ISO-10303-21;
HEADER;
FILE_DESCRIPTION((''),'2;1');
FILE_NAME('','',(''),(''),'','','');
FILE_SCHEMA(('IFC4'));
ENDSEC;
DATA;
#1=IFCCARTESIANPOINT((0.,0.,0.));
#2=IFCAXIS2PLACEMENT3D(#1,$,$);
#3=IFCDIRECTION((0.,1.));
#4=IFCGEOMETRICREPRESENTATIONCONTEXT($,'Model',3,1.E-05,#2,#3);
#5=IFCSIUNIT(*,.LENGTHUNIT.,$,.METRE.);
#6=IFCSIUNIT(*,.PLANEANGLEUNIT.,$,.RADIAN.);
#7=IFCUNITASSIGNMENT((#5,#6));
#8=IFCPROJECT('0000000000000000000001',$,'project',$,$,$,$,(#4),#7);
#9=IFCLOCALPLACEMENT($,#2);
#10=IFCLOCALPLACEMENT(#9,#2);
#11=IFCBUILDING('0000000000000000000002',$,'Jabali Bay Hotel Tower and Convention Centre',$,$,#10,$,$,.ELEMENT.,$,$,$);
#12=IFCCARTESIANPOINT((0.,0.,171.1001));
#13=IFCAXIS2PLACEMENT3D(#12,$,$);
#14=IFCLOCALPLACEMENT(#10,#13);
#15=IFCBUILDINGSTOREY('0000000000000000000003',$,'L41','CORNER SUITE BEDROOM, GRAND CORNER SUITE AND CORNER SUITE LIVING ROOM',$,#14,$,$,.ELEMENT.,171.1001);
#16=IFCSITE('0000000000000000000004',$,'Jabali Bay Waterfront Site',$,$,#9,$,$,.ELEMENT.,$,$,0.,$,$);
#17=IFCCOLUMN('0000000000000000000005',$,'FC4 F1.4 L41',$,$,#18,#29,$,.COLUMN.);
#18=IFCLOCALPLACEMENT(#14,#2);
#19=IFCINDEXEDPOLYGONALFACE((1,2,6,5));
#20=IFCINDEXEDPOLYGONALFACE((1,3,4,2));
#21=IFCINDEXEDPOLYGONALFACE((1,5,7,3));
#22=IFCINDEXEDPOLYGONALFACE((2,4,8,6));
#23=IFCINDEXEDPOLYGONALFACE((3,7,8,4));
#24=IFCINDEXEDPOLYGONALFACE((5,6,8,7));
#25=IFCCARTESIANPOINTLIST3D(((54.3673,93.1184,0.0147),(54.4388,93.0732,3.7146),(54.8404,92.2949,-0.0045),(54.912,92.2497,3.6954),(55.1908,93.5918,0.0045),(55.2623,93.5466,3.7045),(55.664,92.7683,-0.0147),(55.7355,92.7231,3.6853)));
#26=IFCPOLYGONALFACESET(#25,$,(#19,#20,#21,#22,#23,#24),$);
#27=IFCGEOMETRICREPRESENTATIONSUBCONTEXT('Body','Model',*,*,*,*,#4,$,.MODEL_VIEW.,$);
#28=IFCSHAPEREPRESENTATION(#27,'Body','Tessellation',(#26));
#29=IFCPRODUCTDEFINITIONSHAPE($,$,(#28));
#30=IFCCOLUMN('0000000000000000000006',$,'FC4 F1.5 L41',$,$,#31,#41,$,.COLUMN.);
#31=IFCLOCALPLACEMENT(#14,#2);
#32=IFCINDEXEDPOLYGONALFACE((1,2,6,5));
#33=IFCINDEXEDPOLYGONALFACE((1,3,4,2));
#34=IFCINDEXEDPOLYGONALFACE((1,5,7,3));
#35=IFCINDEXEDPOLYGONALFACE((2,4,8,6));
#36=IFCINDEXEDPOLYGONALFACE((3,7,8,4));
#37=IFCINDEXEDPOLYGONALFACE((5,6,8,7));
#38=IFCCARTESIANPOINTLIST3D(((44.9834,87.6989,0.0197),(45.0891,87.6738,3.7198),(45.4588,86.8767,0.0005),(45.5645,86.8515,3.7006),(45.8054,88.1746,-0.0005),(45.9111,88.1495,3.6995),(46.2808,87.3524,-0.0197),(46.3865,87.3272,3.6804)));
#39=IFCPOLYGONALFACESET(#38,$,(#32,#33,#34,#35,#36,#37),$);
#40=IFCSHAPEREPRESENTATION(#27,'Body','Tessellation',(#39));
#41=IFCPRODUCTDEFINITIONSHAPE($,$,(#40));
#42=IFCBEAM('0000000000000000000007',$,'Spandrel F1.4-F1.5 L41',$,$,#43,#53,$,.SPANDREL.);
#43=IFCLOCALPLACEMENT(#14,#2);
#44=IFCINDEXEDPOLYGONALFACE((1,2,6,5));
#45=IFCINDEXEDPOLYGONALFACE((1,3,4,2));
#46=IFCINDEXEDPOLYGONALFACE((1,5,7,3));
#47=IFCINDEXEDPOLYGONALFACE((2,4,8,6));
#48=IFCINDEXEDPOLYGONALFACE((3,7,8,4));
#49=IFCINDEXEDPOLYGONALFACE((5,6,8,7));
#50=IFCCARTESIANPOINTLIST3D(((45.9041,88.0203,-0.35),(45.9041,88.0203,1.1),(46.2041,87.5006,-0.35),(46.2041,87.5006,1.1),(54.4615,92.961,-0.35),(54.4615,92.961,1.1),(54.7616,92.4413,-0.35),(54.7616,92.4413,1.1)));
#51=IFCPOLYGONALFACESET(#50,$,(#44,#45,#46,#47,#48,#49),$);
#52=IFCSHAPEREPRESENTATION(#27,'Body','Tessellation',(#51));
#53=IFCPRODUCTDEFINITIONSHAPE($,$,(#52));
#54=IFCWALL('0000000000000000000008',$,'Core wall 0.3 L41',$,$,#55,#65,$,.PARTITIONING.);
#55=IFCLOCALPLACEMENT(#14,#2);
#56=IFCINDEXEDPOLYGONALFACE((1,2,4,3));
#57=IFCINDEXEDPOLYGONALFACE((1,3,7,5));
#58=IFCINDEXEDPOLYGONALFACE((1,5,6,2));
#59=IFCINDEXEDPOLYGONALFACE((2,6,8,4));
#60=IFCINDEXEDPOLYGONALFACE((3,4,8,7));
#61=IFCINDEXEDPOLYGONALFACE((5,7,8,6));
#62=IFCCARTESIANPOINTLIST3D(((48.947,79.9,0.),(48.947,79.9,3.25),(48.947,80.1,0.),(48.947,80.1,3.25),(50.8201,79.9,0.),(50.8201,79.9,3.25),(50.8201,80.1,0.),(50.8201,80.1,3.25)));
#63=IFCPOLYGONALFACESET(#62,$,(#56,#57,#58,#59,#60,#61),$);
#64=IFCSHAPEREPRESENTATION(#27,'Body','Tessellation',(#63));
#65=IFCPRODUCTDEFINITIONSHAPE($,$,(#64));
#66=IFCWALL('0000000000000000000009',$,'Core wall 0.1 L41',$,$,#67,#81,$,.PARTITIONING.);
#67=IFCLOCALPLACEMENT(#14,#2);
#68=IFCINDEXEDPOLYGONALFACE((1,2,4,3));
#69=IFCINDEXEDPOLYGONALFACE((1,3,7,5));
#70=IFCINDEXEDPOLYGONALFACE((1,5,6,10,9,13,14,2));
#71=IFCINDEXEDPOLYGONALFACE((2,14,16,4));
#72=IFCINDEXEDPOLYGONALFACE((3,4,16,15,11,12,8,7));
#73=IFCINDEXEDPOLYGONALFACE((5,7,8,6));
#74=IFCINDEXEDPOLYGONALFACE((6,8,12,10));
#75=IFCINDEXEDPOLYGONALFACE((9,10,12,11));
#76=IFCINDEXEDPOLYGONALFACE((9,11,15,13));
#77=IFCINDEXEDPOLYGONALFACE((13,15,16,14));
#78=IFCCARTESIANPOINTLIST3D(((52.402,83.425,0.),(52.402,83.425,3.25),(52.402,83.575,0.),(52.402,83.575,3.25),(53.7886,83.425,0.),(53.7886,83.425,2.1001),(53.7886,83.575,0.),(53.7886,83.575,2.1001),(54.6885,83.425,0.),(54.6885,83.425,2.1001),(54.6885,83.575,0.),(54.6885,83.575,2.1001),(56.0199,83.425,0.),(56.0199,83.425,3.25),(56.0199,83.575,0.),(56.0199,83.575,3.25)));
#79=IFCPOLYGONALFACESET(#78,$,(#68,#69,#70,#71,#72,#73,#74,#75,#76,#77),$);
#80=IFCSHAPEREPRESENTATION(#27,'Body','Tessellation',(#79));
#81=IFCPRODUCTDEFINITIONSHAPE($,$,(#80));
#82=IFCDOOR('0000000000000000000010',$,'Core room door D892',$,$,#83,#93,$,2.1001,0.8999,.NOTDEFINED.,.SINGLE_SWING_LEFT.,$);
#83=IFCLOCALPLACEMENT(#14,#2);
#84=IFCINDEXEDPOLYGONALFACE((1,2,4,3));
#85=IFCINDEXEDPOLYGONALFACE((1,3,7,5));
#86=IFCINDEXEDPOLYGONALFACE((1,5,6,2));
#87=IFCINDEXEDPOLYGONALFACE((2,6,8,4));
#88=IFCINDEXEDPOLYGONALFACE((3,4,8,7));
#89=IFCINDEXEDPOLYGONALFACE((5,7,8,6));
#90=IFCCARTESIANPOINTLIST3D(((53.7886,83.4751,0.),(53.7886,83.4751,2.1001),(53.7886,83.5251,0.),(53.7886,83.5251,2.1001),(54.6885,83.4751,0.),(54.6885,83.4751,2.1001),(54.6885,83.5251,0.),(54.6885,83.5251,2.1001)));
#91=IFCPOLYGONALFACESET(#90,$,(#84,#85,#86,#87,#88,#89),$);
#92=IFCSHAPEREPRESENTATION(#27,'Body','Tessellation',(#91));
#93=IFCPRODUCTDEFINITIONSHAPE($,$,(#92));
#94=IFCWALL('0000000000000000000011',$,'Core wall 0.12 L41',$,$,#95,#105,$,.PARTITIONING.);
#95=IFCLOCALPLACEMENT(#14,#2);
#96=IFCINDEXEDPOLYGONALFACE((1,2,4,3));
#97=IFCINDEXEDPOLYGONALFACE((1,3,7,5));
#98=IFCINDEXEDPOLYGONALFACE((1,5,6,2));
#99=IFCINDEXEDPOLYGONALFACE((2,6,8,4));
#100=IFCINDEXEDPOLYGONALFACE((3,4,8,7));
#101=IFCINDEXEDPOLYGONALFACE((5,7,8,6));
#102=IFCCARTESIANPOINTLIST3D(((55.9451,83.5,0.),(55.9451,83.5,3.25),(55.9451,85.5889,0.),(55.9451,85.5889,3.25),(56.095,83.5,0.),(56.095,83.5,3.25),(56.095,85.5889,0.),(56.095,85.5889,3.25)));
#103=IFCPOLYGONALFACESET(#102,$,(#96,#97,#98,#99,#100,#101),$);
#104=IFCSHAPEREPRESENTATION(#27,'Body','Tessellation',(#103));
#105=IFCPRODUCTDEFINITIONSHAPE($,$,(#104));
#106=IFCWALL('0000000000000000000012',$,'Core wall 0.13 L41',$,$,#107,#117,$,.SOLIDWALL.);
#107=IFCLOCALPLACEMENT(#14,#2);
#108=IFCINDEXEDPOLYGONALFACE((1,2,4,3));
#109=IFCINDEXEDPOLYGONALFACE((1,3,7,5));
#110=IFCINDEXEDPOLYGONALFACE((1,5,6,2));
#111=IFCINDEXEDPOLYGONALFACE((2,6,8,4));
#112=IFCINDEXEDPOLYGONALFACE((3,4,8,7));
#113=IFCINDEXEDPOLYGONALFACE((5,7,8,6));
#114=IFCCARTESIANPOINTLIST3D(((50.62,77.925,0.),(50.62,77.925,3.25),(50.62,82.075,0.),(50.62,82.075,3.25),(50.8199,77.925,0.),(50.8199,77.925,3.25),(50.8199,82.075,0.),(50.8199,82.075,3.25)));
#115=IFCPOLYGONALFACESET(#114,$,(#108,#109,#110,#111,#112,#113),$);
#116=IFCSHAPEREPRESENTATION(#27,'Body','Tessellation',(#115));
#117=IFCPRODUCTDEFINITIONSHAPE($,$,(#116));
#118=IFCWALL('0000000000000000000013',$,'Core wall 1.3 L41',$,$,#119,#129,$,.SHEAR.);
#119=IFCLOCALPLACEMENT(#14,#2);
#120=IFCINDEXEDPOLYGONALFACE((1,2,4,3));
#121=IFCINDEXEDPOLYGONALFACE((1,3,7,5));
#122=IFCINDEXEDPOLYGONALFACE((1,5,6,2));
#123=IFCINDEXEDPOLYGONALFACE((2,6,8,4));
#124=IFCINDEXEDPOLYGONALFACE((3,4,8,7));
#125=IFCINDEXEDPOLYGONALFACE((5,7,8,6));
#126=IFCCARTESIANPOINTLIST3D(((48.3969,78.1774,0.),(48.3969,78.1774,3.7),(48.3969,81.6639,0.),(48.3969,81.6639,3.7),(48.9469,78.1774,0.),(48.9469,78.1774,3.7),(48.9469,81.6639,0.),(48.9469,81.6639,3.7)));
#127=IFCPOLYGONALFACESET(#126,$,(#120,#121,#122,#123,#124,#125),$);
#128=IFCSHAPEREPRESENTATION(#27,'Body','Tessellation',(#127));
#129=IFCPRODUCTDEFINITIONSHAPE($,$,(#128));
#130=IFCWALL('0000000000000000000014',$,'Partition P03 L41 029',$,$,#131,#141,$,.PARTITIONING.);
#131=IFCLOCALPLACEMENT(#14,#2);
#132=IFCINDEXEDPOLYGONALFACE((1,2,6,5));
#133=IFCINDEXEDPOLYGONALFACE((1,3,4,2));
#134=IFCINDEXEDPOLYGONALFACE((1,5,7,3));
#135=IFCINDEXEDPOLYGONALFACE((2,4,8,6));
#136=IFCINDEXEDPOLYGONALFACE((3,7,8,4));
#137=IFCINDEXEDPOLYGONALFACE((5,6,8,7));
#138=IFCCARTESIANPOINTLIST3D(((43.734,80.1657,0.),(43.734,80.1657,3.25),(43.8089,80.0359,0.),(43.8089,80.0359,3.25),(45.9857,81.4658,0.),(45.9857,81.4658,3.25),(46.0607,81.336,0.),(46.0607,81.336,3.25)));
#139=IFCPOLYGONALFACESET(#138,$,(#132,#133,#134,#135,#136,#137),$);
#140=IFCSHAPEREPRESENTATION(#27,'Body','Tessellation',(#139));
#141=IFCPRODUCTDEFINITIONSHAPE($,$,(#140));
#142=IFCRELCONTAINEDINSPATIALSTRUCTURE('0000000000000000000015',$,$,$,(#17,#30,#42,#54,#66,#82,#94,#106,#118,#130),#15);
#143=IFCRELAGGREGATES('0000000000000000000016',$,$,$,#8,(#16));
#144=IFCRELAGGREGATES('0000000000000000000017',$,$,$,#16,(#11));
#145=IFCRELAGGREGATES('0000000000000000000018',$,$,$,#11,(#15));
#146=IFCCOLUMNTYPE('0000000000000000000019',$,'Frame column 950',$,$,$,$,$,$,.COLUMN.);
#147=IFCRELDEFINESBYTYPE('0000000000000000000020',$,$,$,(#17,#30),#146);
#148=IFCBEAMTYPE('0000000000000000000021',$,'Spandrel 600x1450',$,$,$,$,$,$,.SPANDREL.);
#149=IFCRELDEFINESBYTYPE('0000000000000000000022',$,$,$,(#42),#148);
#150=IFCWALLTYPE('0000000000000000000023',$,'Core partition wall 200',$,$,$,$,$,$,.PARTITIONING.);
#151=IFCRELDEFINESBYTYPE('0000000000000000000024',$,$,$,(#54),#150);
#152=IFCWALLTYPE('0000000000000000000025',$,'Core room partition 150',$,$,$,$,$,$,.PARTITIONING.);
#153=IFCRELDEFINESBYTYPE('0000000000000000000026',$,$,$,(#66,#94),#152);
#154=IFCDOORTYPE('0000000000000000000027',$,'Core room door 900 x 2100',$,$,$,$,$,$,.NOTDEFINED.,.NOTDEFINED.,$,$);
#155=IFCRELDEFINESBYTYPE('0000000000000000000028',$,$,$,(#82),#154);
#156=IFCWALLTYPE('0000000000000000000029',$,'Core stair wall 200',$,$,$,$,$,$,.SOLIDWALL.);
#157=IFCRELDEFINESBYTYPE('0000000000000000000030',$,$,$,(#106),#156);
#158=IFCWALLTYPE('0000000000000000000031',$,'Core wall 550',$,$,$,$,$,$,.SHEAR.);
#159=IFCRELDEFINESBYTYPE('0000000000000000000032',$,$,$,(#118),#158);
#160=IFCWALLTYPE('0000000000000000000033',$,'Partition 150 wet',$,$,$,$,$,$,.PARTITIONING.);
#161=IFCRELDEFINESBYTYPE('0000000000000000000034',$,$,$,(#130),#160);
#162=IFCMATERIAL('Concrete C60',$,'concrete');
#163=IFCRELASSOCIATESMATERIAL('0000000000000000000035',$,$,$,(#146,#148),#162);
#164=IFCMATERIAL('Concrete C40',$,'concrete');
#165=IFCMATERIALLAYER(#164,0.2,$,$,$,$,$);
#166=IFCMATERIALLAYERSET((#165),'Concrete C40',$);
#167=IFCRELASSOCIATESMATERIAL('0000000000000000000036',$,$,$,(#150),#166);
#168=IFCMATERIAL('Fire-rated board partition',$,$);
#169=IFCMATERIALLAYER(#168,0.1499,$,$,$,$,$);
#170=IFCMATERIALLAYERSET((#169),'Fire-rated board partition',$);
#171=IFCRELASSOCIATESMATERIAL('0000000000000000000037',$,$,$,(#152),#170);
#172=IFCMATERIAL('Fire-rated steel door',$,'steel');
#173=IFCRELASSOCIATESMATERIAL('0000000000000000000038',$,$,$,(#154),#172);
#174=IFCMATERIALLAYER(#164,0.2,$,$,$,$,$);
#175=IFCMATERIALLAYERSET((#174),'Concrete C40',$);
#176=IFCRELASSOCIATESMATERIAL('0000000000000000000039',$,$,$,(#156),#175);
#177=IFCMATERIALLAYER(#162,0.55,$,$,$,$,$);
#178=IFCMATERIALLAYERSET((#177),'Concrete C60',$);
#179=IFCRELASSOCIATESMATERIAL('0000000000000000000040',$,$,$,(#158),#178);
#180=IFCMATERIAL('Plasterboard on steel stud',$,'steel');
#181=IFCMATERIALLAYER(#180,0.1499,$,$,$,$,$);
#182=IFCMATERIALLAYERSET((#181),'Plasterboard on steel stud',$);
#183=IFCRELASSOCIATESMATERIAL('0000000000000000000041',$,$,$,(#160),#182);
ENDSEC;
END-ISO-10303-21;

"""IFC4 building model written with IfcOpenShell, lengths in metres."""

from ifc_helpers import new_model, si_unit, direction, frame, frame_2d, origin, origin_2d, place, context, subcontext, project, spatial, rectangle, extrude, material, layer, layer_set, material_profile, profile_set, type_object, element, fill, save


model = new_model("IFC4")

# Units and contexts
model_context = context("Model", 3, precision=1e-05, world=origin(), true_north=direction((0.0, 1.0)))
body_context = subcontext(model_context, "Body", "Model", "MODEL_VIEW")
ifc_project = project(units=[si_unit("LENGTHUNIT", "METRE"), si_unit("PLANEANGLEUNIT", "RADIAN")], contexts=[model_context])

# Site, building, storey
site_placement = place(None, origin())
site = spatial("IfcSite", under=ifc_project, at=site_placement, Name="Jabali Bay Waterfront Site", CompositionType="ELEMENT", RefElevation=0.0)
building_placement = place(site_placement, origin())
building = spatial("IfcBuilding", under=site, at=building_placement, Name="Jabali Bay Hotel Tower and Convention Centre", CompositionType="ELEMENT")
storey_placement = place(building_placement, frame((0.0, 0.0, 171.1001)))
storey = spatial("IfcBuildingStorey", under=building, at=storey_placement, Name="L41", Description="CORNER SUITE BEDROOM, GRAND CORNER SUITE AND CORNER SUITE LIVING ROOM", CompositionType="ELEMENT", Elevation=171.1001)

# Columns
ifc_material_1 = material(Name="Concrete C60", Category="concrete")
ifc_material_profile_1 = material_profile(ifc_material_1, rectangle(XDim=0.95, YDim=0.95, at=origin_2d()), Name="Frame column 950")
ifc_profile_set_1 = profile_set([ifc_material_profile_1], Name="Concrete C60")
column_type = type_object("IfcColumnType", Name="Frame column 950", PredefinedType="COLUMN", material=ifc_profile_set_1)
column_1_placement = place(storey_placement, frame((55.0156, 92.9434, 0.0), z_axis=(0.019329, -0.012204, 0.999739), x_axis=(-0.498088, 0.866891, 0.020212)))
element("IfcColumn", 1, at=column_1_placement, inside=storey, type_object=column_type, Name="FC4 F1.4 L41", PredefinedType="COLUMN", context=body_context, shape_type="SweptSolid", body=[
    extrude(rectangle(XDim=0.95, YDim=0.95, at=origin_2d()), origin(), (0.0, 0.0, 1.0), 3.7009),
])
column_2_placement = place(storey_placement, frame((45.6321, 87.5256, 0.0), z_axis=(0.028559, -0.006794, 0.999569), x_axis=(-0.500408, 0.865555, 0.02018)))
element("IfcColumn", 2, at=column_2_placement, inside=storey, type_object=column_type, Name="FC4 F1.5 L41", PredefinedType="COLUMN", context=body_context, shape_type="SweptSolid", body=[
    extrude(rectangle(XDim=0.95, YDim=0.95, at=origin_2d()), origin(), (0.0, 0.0, 1.0), 3.7017),
])

# Beam
ifc_material_profile_2 = material_profile(ifc_material_1, rectangle(XDim=0.6001, YDim=1.45, at=origin_2d()), Name="Spandrel 600x1450")
ifc_profile_set_2 = profile_set([ifc_material_profile_2], Name="Concrete C60")
beam_type = type_object("IfcBeamType", Name="Spandrel 600x1450", PredefinedType="SPANDREL", material=ifc_profile_set_2)
beam_placement = place(storey_placement, frame((54.6116, 92.7012, 0.375), z_axis=(-0.866022, -0.500005, 0.0), x_axis=(0.500005, -0.866022, 0.0)))
element("IfcBeam", 3, at=beam_placement, inside=storey, type_object=beam_type, Name="Spandrel F1.4-F1.5 L41", PredefinedType="SPANDREL", context=body_context, shape_type="SweptSolid", body=[
    extrude(rectangle(XDim=0.6001, YDim=1.45, at=origin_2d()), origin(), (0.0, 0.0, 1.0), 9.8813),
])

# Wall
ifc_material_2 = material(Name="Concrete C40", Category="concrete")
ifc_layer_1 = layer(ifc_material_2, 0.2)
ifc_layer_set_1 = layer_set([ifc_layer_1], Name="Concrete C40")
wall_type_1 = type_object("IfcWallType", Name="Core partition wall 200", PredefinedType="PARTITIONING", material=ifc_layer_set_1)
wall_1_placement = place(storey_placement, frame((50.8201, 80.0, 0.0), z_axis=(0.0, 0.0, 1.0), x_axis=(-1.0, 0.0, 0.0)))
element("IfcWall", 4, at=wall_1_placement, inside=storey, type_object=wall_type_1, Name="Core wall 0.3 L41", PredefinedType="PARTITIONING", context=body_context, shape_type="SweptSolid", body=[
    extrude(rectangle(XDim=1.873, YDim=0.2, at=frame_2d((0.9365, 0.0))), origin(), (0.0, 0.0, 1.0), 3.25),
])

# Wall, opening, door
ifc_material_3 = material(Name="Fire-rated board partition")
ifc_layer_2 = layer(ifc_material_3, 0.1499)
ifc_layer_set_2 = layer_set([ifc_layer_2], Name="Fire-rated board partition")
wall_type_2 = type_object("IfcWallType", Name="Core room partition 150", PredefinedType="PARTITIONING", material=ifc_layer_set_2)
wall_2_placement = place(storey_placement, frame((56.02, 83.5, 0.0), z_axis=(0.0, 0.0, 1.0), x_axis=(-1.0, 0.0, 0.0)))
wall_2 = element("IfcWall", 5, at=wall_2_placement, inside=storey, type_object=wall_type_2, Name="Core wall 0.1 L41", PredefinedType="PARTITIONING", context=body_context, shape_type="SweptSolid", body=[
    extrude(rectangle(XDim=3.6179, YDim=0.1499, at=frame_2d((1.8091, 0.0))), origin(), (0.0, 0.0, 1.0), 3.25),
])
opening_placement = place(wall_2_placement, frame((1.3315, 0.0, 0.0)))
opening = element("IfcOpeningElement", 6, at=opening_placement, cuts=wall_2, PredefinedType="OPENING", context=body_context, shape_type="SweptSolid", body=[
    extrude(rectangle(XDim=0.8999, YDim=2.1001, at=frame_2d((0.45, 1.05))), frame((0.0, 0.0854, 0.0), z_axis=(0.0, -1.0, 0.0), x_axis=(1.0, 0.0, 0.0)), (0.0, 0.0, 1.0), 0.1709),
])
ifc_material_4 = material(Name="Fire-rated steel door", Category="steel")
door_type = type_object("IfcDoorType", Name="Core room door 900 x 2100", OperationType="NOTDEFINED", PredefinedType="NOTDEFINED", material=ifc_material_4)
door_placement = place(opening_placement, origin())
door = element("IfcDoor", 7, at=door_placement, inside=storey, type_object=door_type, Name="Core room door D892", OperationType="SINGLE_SWING_LEFT", OverallHeight=2.1001, OverallWidth=0.8999, PredefinedType="NOTDEFINED", context=body_context, shape_type="SweptSolid", body=[
    extrude(rectangle(XDim=0.8999, YDim=2.1001, at=frame_2d((0.45, 1.05))), frame((0.0, 0.0249, 0.0), z_axis=(0.0, -1.0, 0.0), x_axis=(1.0, 0.0, 0.0)), (0.0, 0.0, 1.0), 0.05),
])
fill(opening, door)

# Walls
wall_3_placement = place(storey_placement, frame((56.02, 85.5889, 0.0), z_axis=(0.0, 0.0, 1.0), x_axis=(0.0, -1.0, 0.0)))
element("IfcWall", 8, at=wall_3_placement, inside=storey, type_object=wall_type_2, Name="Core wall 0.12 L41", PredefinedType="PARTITIONING", context=body_context, shape_type="SweptSolid", body=[
    extrude(rectangle(XDim=2.0889, YDim=0.1499, at=frame_2d((1.0444, 0.0))), origin(), (0.0, 0.0, 1.0), 3.25),
])
ifc_layer_3 = layer(ifc_material_2, 0.2)
ifc_layer_set_3 = layer_set([ifc_layer_3], Name="Concrete C40")
wall_type_3 = type_object("IfcWallType", Name="Core stair wall 200", PredefinedType="SOLIDWALL", material=ifc_layer_set_3)
wall_4_placement = place(storey_placement, frame((50.72, 82.075, 0.0), z_axis=(0.0, 0.0, 1.0), x_axis=(0.0, -1.0, 0.0)))
element("IfcWall", 9, at=wall_4_placement, inside=storey, type_object=wall_type_3, Name="Core wall 0.13 L41", PredefinedType="SOLIDWALL", context=body_context, shape_type="SweptSolid", body=[
    extrude(rectangle(XDim=4.1499, YDim=0.2, at=frame_2d((2.075, 0.0))), origin(), (0.0, 0.0, 1.0), 3.25),
])
ifc_layer_4 = layer(ifc_material_1, 0.55)
ifc_layer_set_4 = layer_set([ifc_layer_4], Name="Concrete C60")
wall_type_4 = type_object("IfcWallType", Name="Core wall 550", PredefinedType="SHEAR", material=ifc_layer_set_4)
wall_5_placement = place(storey_placement, frame((48.6719, 81.6638, 0.0), z_axis=(0.0, 0.0, 1.0), x_axis=(0.0, -1.0, 0.0)))
element("IfcWall", 10, at=wall_5_placement, inside=storey, type_object=wall_type_4, Name="Core wall 1.3 L41", PredefinedType="SHEAR", context=body_context, shape_type="SweptSolid", body=[
    extrude(rectangle(XDim=3.4866, YDim=0.55, at=frame_2d((1.7432, 0.0))), origin(), (0.0, 0.0, 1.0), 3.7),
])
ifc_material_5 = material(Name="Plasterboard on steel stud", Category="steel")
ifc_layer_5 = layer(ifc_material_5, 0.1499)
ifc_layer_set_5 = layer_set([ifc_layer_5], Name="Plasterboard on steel stud")
wall_type_5 = type_object("IfcWallType", Name="Partition 150 wet", PredefinedType="PARTITIONING", material=ifc_layer_set_5)
wall_6_placement = place(storey_placement, frame((46.0232, 81.4009, 0.0), z_axis=(0.0, 0.0, 1.0), x_axis=(-0.866021, -0.500007, 0.0)))
element("IfcWall", 11, at=wall_6_placement, inside=storey, type_object=wall_type_5, Name="Partition P03 L41 029", PredefinedType="PARTITIONING", context=body_context, shape_type="SweptSolid", body=[
    extrude(rectangle(XDim=2.6001, YDim=0.1499, at=frame_2d((1.3, 0.0))), origin(), (0.0, 0.0, 1.0), 3.25),
])

save(model, "model.ifc")
